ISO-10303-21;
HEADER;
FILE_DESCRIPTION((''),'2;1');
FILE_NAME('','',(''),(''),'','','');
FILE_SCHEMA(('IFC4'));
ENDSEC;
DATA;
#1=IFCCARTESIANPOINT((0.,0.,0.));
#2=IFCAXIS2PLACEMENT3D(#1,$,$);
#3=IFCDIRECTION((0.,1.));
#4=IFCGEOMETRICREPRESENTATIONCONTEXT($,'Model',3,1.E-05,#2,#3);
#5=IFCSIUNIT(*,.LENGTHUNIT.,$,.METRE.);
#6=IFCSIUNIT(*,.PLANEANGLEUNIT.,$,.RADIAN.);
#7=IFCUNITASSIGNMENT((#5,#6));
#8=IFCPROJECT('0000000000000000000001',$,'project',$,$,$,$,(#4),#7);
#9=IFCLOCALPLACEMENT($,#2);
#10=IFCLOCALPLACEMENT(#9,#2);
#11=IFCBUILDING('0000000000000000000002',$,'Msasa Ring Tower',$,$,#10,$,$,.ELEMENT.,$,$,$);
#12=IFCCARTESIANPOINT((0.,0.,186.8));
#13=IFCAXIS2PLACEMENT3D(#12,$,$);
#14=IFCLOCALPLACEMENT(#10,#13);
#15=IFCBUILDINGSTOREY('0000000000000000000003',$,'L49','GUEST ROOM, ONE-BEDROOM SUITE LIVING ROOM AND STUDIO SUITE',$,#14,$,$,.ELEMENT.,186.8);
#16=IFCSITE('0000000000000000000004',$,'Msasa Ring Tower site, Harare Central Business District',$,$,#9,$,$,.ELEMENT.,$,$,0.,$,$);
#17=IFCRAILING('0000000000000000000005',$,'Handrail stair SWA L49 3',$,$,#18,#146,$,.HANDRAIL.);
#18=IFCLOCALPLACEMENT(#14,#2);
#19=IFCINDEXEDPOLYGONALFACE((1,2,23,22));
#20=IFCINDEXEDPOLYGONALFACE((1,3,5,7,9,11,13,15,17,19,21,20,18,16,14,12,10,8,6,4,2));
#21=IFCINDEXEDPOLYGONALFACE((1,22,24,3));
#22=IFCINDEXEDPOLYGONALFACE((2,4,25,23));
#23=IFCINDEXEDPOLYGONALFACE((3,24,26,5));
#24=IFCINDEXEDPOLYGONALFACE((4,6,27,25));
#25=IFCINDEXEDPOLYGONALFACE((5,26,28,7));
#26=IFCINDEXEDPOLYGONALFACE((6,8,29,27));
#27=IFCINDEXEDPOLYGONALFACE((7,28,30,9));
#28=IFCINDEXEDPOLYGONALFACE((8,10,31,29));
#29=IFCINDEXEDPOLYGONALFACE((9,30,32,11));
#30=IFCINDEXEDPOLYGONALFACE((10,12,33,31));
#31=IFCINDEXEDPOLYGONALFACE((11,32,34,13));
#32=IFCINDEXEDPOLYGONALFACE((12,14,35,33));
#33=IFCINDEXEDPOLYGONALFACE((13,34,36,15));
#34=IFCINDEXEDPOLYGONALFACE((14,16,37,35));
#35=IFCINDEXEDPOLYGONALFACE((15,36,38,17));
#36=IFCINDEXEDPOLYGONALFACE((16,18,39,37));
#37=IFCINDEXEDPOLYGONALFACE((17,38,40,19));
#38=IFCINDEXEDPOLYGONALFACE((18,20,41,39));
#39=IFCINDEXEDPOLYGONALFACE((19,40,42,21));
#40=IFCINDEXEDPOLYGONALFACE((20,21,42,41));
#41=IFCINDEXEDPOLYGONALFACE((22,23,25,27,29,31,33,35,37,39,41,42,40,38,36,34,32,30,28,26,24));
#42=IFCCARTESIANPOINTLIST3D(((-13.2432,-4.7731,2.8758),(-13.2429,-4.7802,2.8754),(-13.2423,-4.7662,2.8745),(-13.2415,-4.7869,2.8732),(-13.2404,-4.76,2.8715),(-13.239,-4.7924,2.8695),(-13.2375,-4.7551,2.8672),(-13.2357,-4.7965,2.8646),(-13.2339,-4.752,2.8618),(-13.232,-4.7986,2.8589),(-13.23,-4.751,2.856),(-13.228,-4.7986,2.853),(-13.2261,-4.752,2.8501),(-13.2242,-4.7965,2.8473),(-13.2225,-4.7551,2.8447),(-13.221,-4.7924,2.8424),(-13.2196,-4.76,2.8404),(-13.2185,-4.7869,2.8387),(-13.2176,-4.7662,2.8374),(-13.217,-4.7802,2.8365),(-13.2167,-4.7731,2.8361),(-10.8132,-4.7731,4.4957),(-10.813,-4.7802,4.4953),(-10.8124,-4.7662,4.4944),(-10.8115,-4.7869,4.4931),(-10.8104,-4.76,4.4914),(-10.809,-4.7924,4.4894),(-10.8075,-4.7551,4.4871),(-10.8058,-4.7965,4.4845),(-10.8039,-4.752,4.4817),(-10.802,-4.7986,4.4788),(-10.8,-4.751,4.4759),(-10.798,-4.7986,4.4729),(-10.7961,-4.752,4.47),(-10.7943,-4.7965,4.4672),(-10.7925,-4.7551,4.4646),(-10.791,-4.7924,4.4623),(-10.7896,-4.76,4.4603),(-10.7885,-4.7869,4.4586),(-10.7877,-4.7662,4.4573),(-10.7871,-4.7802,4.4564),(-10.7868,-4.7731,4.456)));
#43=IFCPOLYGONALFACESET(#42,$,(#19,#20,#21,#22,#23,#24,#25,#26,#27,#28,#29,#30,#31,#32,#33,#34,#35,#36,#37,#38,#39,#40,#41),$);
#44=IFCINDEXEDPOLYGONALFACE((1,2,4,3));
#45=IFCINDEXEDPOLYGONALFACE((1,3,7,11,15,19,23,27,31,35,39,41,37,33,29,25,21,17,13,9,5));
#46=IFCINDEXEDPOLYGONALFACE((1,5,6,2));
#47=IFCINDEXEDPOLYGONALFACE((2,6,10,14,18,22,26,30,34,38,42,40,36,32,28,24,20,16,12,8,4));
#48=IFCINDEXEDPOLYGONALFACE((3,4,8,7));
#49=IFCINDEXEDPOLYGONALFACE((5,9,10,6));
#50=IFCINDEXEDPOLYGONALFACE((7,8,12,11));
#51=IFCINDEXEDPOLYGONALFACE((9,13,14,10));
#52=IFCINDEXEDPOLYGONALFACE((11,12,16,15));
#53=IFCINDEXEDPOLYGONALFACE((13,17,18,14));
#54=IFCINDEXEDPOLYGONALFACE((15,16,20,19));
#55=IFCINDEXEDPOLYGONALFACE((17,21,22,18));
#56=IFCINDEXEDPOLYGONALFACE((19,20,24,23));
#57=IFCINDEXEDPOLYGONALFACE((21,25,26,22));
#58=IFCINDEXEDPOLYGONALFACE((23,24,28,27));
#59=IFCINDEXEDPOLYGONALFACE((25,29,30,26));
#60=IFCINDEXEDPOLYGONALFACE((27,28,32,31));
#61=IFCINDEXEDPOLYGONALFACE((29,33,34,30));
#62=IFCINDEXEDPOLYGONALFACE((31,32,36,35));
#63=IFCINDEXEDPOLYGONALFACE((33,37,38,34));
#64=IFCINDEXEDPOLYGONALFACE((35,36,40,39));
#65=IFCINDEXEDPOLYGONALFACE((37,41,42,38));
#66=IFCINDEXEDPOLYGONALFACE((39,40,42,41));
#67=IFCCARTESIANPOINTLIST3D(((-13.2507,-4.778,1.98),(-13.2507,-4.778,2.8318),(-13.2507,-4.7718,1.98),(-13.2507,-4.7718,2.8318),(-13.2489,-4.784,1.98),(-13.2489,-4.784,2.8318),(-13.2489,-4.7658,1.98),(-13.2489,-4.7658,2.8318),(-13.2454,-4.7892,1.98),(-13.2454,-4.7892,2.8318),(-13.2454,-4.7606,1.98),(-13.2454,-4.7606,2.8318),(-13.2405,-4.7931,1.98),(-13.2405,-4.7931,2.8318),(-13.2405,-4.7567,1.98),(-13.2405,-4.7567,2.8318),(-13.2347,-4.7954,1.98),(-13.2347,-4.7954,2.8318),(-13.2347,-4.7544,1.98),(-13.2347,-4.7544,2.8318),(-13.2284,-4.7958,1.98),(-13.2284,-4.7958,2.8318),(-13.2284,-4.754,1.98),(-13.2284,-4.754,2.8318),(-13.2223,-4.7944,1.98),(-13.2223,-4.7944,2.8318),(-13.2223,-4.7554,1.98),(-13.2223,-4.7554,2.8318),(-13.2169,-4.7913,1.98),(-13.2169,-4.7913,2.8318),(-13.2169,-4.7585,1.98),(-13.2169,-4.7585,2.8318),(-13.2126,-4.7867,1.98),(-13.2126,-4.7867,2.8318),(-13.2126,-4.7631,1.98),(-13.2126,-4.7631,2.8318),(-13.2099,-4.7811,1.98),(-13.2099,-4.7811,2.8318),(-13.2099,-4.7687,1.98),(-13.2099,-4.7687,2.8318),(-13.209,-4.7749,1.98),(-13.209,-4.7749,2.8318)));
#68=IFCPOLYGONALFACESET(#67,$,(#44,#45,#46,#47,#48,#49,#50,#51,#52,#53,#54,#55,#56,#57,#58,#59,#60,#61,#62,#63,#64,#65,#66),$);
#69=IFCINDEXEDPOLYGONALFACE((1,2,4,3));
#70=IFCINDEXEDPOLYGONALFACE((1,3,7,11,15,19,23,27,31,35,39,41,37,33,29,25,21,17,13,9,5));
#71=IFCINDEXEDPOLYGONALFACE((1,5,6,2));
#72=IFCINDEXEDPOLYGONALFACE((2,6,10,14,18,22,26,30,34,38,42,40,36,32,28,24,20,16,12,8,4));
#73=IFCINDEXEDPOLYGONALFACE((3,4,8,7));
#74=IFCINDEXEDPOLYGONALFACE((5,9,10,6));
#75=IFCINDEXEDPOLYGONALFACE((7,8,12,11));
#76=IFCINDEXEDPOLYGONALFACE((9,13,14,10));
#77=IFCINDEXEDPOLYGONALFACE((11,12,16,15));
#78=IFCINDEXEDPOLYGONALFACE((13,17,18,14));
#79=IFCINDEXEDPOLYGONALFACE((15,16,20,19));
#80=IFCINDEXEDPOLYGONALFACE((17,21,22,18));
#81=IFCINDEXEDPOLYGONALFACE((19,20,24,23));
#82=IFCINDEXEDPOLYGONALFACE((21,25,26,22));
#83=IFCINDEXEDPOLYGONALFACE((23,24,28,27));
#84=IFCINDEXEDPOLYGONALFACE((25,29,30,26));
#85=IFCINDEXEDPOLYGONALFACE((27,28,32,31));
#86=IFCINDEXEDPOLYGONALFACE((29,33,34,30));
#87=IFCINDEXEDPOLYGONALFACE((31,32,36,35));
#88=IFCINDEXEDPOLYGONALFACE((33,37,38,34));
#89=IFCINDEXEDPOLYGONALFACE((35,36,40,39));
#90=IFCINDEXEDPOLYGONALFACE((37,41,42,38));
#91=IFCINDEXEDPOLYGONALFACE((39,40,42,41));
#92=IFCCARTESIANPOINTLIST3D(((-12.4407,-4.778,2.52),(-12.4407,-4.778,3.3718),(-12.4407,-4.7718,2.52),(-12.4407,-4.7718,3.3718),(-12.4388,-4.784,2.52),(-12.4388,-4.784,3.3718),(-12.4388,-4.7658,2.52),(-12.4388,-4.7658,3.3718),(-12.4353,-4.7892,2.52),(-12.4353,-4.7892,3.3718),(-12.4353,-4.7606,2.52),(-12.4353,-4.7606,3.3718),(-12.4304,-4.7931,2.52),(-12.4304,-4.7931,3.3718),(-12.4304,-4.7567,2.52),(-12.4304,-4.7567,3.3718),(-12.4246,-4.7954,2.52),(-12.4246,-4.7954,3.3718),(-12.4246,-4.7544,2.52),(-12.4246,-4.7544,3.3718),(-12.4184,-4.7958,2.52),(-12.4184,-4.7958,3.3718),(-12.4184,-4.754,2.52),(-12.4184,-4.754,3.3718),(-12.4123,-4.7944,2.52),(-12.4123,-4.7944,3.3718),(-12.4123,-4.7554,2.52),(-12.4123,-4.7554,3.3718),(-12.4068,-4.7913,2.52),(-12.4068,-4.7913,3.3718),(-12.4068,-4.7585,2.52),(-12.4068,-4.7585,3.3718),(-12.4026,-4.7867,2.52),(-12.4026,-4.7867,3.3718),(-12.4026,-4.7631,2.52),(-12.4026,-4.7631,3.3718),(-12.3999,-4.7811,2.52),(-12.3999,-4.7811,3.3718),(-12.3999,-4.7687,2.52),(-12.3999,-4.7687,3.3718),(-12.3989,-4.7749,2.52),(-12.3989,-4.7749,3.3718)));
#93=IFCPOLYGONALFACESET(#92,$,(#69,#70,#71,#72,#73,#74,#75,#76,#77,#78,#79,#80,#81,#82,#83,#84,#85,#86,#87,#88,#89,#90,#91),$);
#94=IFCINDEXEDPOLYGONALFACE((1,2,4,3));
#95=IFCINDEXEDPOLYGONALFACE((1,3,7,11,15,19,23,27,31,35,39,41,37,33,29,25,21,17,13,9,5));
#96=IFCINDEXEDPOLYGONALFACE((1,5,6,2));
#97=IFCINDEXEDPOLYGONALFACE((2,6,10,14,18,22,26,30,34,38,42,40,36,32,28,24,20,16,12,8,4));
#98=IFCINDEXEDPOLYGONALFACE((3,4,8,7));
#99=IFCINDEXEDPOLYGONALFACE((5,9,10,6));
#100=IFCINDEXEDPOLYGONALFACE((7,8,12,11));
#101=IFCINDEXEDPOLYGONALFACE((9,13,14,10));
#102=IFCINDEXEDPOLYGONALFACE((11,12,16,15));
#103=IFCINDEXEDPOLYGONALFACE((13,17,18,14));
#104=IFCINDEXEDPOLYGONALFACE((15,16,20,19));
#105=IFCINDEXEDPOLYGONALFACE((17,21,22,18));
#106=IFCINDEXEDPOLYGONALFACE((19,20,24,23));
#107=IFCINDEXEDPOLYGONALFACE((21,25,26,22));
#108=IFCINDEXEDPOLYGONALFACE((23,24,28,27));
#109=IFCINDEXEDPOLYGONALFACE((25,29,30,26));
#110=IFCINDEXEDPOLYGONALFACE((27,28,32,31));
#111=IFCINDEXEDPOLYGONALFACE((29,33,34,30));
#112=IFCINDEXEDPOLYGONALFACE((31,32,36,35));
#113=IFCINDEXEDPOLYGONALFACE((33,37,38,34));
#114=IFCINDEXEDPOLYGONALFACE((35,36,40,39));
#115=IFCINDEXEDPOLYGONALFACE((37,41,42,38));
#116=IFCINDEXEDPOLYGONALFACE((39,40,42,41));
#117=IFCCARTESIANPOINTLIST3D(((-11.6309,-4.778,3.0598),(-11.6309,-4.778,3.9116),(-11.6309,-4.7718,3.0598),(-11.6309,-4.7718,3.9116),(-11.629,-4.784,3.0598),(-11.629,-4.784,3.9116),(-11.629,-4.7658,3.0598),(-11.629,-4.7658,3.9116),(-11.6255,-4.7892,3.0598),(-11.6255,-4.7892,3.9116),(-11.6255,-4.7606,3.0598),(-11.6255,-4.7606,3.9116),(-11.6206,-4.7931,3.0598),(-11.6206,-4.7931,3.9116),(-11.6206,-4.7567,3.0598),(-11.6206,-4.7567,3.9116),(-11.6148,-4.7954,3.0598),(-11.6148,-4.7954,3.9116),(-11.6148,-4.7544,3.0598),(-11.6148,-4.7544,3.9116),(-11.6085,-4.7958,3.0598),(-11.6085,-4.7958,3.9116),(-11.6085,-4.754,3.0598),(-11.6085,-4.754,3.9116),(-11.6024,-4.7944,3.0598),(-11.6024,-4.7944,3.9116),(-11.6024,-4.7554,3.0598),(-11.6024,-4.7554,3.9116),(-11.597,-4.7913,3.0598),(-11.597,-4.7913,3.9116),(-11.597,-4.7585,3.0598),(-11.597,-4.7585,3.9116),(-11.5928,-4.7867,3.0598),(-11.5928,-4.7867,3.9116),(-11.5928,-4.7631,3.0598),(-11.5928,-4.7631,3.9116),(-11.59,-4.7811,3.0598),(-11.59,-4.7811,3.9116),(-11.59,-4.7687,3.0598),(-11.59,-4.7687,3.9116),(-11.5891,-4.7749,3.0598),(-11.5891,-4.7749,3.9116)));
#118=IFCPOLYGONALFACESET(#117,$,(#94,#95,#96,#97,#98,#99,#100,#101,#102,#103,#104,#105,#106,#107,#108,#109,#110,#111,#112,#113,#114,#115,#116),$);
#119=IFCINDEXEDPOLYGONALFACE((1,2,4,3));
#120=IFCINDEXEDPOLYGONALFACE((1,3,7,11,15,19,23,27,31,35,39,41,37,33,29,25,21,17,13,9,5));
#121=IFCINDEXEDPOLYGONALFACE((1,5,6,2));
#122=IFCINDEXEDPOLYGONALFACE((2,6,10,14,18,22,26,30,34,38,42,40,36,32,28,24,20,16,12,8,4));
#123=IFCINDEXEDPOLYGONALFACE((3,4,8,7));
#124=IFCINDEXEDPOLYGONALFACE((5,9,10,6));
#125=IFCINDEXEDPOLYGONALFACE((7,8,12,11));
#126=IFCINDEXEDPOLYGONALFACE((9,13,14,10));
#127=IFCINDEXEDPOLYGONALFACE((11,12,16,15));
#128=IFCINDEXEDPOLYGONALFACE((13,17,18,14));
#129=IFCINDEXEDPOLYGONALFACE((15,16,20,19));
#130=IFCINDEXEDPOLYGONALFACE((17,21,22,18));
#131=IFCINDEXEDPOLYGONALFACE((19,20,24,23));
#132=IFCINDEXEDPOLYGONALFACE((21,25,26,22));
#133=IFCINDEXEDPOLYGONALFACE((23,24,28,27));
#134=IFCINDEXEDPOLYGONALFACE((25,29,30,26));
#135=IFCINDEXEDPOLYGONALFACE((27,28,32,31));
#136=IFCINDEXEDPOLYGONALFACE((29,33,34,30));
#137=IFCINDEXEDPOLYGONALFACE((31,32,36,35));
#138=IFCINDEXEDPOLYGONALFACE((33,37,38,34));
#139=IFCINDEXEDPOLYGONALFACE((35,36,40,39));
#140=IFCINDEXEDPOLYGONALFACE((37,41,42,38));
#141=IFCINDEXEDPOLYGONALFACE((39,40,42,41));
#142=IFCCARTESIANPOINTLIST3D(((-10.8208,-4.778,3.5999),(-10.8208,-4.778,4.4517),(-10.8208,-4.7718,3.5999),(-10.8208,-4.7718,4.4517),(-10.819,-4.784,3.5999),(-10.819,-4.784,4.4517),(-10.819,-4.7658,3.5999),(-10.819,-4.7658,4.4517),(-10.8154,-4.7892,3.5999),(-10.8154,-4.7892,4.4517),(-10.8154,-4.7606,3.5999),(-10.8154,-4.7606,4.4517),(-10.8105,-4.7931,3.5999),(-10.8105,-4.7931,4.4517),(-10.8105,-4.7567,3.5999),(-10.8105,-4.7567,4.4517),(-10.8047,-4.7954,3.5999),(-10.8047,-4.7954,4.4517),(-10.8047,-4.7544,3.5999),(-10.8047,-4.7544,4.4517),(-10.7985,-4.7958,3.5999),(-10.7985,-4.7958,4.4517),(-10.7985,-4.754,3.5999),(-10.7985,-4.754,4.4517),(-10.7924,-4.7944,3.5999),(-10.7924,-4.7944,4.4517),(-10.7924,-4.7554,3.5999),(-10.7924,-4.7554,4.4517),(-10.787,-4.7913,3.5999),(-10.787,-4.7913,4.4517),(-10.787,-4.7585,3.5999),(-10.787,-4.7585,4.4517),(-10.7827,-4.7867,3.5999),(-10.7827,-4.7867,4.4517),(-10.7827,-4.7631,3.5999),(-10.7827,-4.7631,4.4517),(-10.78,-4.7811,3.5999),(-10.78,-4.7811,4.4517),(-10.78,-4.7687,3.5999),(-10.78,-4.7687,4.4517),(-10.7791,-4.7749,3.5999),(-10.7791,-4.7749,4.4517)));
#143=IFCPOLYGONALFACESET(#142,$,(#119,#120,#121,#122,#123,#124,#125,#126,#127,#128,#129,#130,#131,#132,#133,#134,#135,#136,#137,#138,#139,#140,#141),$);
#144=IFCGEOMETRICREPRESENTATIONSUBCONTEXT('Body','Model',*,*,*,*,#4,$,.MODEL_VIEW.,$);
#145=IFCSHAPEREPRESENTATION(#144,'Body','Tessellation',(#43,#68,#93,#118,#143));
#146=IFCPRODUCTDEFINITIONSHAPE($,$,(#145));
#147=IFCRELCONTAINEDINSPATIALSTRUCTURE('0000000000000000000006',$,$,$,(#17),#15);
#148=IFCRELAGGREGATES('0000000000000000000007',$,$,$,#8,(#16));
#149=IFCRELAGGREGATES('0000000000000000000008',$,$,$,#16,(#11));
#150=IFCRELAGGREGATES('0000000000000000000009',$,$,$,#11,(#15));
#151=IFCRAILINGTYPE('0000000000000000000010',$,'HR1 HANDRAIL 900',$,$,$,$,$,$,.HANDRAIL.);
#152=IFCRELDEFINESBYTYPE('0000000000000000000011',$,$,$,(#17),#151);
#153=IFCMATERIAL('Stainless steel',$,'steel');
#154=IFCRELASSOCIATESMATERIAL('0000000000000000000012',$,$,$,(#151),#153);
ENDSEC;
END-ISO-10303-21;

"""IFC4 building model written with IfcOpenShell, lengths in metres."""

from ifc_helpers import new_model, si_unit, direction, frame, origin, origin_2d, place, context, subcontext, project, spatial, circle, extrude, material, type_object, element, save


model = new_model("IFC4")

# Units and contexts
model_context = context("Model", 3, precision=1e-05, world=origin(), true_north=direction((0.0, 1.0)))
body_context = subcontext(model_context, "Body", "Model", "MODEL_VIEW")
ifc_project = project(units=[si_unit("LENGTHUNIT", "METRE"), si_unit("PLANEANGLEUNIT", "RADIAN")], contexts=[model_context])

# Site, building, storey
site_placement = place(None, origin())
site = spatial("IfcSite", under=ifc_project, at=site_placement, Name="Msasa Ring Tower site, Harare Central Business District", CompositionType="ELEMENT", RefElevation=0.0)
building_placement = place(site_placement, origin())
building = spatial("IfcBuilding", under=site, at=building_placement, Name="Msasa Ring Tower", CompositionType="ELEMENT")
storey_placement = place(building_placement, frame((0.0, 0.0, 186.8)))
storey = spatial("IfcBuildingStorey", under=building, at=storey_placement, Name="L49", Description="GUEST ROOM, ONE-BEDROOM SUITE LIVING ROOM AND STUDIO SUITE", CompositionType="ELEMENT", Elevation=186.8)

# Railing
ifc_material_1 = material(Name="Stainless steel", Category="steel")
railing_type = type_object("IfcRailingType", Name="HR1 HANDRAIL 900", PredefinedType="HANDRAIL", material=ifc_material_1)
railing_placement = place(storey_placement, frame((-13.23, -4.7749, 1.98)))
element("IfcRailing", 1, at=railing_placement, inside=storey, type_object=railing_type, Name="Handrail stair SWA L49 3", PredefinedType="HANDRAIL", context=body_context, shape_type="SweptSolid", body=[
    extrude(circle(Radius=0.0239, at=origin_2d()), frame((0.0, 0.0, 0.876), z_axis=(0.832063, 0.0, 0.554681), x_axis=(0.0, 1.0, 0.0)), (0.0, 0.0, 1.0), 2.9204),
    extrude(circle(Radius=0.021, at=origin_2d()), origin(), (0.0, 0.0, 1.0), 0.8518),
    extrude(circle(Radius=0.021, at=origin_2d()), frame((0.8101, 0.0, 0.54)), (0.0, 0.0, 1.0), 0.8518),
    extrude(circle(Radius=0.021, at=origin_2d()), frame((1.6199, 0.0, 1.0798)), (0.0, 0.0, 1.0), 0.8518),
    extrude(circle(Radius=0.021, at=origin_2d()), frame((2.4299, 0.0, 1.6199)), (0.0, 0.0, 1.0), 0.8518),
])

save(model, "model.ifc")
